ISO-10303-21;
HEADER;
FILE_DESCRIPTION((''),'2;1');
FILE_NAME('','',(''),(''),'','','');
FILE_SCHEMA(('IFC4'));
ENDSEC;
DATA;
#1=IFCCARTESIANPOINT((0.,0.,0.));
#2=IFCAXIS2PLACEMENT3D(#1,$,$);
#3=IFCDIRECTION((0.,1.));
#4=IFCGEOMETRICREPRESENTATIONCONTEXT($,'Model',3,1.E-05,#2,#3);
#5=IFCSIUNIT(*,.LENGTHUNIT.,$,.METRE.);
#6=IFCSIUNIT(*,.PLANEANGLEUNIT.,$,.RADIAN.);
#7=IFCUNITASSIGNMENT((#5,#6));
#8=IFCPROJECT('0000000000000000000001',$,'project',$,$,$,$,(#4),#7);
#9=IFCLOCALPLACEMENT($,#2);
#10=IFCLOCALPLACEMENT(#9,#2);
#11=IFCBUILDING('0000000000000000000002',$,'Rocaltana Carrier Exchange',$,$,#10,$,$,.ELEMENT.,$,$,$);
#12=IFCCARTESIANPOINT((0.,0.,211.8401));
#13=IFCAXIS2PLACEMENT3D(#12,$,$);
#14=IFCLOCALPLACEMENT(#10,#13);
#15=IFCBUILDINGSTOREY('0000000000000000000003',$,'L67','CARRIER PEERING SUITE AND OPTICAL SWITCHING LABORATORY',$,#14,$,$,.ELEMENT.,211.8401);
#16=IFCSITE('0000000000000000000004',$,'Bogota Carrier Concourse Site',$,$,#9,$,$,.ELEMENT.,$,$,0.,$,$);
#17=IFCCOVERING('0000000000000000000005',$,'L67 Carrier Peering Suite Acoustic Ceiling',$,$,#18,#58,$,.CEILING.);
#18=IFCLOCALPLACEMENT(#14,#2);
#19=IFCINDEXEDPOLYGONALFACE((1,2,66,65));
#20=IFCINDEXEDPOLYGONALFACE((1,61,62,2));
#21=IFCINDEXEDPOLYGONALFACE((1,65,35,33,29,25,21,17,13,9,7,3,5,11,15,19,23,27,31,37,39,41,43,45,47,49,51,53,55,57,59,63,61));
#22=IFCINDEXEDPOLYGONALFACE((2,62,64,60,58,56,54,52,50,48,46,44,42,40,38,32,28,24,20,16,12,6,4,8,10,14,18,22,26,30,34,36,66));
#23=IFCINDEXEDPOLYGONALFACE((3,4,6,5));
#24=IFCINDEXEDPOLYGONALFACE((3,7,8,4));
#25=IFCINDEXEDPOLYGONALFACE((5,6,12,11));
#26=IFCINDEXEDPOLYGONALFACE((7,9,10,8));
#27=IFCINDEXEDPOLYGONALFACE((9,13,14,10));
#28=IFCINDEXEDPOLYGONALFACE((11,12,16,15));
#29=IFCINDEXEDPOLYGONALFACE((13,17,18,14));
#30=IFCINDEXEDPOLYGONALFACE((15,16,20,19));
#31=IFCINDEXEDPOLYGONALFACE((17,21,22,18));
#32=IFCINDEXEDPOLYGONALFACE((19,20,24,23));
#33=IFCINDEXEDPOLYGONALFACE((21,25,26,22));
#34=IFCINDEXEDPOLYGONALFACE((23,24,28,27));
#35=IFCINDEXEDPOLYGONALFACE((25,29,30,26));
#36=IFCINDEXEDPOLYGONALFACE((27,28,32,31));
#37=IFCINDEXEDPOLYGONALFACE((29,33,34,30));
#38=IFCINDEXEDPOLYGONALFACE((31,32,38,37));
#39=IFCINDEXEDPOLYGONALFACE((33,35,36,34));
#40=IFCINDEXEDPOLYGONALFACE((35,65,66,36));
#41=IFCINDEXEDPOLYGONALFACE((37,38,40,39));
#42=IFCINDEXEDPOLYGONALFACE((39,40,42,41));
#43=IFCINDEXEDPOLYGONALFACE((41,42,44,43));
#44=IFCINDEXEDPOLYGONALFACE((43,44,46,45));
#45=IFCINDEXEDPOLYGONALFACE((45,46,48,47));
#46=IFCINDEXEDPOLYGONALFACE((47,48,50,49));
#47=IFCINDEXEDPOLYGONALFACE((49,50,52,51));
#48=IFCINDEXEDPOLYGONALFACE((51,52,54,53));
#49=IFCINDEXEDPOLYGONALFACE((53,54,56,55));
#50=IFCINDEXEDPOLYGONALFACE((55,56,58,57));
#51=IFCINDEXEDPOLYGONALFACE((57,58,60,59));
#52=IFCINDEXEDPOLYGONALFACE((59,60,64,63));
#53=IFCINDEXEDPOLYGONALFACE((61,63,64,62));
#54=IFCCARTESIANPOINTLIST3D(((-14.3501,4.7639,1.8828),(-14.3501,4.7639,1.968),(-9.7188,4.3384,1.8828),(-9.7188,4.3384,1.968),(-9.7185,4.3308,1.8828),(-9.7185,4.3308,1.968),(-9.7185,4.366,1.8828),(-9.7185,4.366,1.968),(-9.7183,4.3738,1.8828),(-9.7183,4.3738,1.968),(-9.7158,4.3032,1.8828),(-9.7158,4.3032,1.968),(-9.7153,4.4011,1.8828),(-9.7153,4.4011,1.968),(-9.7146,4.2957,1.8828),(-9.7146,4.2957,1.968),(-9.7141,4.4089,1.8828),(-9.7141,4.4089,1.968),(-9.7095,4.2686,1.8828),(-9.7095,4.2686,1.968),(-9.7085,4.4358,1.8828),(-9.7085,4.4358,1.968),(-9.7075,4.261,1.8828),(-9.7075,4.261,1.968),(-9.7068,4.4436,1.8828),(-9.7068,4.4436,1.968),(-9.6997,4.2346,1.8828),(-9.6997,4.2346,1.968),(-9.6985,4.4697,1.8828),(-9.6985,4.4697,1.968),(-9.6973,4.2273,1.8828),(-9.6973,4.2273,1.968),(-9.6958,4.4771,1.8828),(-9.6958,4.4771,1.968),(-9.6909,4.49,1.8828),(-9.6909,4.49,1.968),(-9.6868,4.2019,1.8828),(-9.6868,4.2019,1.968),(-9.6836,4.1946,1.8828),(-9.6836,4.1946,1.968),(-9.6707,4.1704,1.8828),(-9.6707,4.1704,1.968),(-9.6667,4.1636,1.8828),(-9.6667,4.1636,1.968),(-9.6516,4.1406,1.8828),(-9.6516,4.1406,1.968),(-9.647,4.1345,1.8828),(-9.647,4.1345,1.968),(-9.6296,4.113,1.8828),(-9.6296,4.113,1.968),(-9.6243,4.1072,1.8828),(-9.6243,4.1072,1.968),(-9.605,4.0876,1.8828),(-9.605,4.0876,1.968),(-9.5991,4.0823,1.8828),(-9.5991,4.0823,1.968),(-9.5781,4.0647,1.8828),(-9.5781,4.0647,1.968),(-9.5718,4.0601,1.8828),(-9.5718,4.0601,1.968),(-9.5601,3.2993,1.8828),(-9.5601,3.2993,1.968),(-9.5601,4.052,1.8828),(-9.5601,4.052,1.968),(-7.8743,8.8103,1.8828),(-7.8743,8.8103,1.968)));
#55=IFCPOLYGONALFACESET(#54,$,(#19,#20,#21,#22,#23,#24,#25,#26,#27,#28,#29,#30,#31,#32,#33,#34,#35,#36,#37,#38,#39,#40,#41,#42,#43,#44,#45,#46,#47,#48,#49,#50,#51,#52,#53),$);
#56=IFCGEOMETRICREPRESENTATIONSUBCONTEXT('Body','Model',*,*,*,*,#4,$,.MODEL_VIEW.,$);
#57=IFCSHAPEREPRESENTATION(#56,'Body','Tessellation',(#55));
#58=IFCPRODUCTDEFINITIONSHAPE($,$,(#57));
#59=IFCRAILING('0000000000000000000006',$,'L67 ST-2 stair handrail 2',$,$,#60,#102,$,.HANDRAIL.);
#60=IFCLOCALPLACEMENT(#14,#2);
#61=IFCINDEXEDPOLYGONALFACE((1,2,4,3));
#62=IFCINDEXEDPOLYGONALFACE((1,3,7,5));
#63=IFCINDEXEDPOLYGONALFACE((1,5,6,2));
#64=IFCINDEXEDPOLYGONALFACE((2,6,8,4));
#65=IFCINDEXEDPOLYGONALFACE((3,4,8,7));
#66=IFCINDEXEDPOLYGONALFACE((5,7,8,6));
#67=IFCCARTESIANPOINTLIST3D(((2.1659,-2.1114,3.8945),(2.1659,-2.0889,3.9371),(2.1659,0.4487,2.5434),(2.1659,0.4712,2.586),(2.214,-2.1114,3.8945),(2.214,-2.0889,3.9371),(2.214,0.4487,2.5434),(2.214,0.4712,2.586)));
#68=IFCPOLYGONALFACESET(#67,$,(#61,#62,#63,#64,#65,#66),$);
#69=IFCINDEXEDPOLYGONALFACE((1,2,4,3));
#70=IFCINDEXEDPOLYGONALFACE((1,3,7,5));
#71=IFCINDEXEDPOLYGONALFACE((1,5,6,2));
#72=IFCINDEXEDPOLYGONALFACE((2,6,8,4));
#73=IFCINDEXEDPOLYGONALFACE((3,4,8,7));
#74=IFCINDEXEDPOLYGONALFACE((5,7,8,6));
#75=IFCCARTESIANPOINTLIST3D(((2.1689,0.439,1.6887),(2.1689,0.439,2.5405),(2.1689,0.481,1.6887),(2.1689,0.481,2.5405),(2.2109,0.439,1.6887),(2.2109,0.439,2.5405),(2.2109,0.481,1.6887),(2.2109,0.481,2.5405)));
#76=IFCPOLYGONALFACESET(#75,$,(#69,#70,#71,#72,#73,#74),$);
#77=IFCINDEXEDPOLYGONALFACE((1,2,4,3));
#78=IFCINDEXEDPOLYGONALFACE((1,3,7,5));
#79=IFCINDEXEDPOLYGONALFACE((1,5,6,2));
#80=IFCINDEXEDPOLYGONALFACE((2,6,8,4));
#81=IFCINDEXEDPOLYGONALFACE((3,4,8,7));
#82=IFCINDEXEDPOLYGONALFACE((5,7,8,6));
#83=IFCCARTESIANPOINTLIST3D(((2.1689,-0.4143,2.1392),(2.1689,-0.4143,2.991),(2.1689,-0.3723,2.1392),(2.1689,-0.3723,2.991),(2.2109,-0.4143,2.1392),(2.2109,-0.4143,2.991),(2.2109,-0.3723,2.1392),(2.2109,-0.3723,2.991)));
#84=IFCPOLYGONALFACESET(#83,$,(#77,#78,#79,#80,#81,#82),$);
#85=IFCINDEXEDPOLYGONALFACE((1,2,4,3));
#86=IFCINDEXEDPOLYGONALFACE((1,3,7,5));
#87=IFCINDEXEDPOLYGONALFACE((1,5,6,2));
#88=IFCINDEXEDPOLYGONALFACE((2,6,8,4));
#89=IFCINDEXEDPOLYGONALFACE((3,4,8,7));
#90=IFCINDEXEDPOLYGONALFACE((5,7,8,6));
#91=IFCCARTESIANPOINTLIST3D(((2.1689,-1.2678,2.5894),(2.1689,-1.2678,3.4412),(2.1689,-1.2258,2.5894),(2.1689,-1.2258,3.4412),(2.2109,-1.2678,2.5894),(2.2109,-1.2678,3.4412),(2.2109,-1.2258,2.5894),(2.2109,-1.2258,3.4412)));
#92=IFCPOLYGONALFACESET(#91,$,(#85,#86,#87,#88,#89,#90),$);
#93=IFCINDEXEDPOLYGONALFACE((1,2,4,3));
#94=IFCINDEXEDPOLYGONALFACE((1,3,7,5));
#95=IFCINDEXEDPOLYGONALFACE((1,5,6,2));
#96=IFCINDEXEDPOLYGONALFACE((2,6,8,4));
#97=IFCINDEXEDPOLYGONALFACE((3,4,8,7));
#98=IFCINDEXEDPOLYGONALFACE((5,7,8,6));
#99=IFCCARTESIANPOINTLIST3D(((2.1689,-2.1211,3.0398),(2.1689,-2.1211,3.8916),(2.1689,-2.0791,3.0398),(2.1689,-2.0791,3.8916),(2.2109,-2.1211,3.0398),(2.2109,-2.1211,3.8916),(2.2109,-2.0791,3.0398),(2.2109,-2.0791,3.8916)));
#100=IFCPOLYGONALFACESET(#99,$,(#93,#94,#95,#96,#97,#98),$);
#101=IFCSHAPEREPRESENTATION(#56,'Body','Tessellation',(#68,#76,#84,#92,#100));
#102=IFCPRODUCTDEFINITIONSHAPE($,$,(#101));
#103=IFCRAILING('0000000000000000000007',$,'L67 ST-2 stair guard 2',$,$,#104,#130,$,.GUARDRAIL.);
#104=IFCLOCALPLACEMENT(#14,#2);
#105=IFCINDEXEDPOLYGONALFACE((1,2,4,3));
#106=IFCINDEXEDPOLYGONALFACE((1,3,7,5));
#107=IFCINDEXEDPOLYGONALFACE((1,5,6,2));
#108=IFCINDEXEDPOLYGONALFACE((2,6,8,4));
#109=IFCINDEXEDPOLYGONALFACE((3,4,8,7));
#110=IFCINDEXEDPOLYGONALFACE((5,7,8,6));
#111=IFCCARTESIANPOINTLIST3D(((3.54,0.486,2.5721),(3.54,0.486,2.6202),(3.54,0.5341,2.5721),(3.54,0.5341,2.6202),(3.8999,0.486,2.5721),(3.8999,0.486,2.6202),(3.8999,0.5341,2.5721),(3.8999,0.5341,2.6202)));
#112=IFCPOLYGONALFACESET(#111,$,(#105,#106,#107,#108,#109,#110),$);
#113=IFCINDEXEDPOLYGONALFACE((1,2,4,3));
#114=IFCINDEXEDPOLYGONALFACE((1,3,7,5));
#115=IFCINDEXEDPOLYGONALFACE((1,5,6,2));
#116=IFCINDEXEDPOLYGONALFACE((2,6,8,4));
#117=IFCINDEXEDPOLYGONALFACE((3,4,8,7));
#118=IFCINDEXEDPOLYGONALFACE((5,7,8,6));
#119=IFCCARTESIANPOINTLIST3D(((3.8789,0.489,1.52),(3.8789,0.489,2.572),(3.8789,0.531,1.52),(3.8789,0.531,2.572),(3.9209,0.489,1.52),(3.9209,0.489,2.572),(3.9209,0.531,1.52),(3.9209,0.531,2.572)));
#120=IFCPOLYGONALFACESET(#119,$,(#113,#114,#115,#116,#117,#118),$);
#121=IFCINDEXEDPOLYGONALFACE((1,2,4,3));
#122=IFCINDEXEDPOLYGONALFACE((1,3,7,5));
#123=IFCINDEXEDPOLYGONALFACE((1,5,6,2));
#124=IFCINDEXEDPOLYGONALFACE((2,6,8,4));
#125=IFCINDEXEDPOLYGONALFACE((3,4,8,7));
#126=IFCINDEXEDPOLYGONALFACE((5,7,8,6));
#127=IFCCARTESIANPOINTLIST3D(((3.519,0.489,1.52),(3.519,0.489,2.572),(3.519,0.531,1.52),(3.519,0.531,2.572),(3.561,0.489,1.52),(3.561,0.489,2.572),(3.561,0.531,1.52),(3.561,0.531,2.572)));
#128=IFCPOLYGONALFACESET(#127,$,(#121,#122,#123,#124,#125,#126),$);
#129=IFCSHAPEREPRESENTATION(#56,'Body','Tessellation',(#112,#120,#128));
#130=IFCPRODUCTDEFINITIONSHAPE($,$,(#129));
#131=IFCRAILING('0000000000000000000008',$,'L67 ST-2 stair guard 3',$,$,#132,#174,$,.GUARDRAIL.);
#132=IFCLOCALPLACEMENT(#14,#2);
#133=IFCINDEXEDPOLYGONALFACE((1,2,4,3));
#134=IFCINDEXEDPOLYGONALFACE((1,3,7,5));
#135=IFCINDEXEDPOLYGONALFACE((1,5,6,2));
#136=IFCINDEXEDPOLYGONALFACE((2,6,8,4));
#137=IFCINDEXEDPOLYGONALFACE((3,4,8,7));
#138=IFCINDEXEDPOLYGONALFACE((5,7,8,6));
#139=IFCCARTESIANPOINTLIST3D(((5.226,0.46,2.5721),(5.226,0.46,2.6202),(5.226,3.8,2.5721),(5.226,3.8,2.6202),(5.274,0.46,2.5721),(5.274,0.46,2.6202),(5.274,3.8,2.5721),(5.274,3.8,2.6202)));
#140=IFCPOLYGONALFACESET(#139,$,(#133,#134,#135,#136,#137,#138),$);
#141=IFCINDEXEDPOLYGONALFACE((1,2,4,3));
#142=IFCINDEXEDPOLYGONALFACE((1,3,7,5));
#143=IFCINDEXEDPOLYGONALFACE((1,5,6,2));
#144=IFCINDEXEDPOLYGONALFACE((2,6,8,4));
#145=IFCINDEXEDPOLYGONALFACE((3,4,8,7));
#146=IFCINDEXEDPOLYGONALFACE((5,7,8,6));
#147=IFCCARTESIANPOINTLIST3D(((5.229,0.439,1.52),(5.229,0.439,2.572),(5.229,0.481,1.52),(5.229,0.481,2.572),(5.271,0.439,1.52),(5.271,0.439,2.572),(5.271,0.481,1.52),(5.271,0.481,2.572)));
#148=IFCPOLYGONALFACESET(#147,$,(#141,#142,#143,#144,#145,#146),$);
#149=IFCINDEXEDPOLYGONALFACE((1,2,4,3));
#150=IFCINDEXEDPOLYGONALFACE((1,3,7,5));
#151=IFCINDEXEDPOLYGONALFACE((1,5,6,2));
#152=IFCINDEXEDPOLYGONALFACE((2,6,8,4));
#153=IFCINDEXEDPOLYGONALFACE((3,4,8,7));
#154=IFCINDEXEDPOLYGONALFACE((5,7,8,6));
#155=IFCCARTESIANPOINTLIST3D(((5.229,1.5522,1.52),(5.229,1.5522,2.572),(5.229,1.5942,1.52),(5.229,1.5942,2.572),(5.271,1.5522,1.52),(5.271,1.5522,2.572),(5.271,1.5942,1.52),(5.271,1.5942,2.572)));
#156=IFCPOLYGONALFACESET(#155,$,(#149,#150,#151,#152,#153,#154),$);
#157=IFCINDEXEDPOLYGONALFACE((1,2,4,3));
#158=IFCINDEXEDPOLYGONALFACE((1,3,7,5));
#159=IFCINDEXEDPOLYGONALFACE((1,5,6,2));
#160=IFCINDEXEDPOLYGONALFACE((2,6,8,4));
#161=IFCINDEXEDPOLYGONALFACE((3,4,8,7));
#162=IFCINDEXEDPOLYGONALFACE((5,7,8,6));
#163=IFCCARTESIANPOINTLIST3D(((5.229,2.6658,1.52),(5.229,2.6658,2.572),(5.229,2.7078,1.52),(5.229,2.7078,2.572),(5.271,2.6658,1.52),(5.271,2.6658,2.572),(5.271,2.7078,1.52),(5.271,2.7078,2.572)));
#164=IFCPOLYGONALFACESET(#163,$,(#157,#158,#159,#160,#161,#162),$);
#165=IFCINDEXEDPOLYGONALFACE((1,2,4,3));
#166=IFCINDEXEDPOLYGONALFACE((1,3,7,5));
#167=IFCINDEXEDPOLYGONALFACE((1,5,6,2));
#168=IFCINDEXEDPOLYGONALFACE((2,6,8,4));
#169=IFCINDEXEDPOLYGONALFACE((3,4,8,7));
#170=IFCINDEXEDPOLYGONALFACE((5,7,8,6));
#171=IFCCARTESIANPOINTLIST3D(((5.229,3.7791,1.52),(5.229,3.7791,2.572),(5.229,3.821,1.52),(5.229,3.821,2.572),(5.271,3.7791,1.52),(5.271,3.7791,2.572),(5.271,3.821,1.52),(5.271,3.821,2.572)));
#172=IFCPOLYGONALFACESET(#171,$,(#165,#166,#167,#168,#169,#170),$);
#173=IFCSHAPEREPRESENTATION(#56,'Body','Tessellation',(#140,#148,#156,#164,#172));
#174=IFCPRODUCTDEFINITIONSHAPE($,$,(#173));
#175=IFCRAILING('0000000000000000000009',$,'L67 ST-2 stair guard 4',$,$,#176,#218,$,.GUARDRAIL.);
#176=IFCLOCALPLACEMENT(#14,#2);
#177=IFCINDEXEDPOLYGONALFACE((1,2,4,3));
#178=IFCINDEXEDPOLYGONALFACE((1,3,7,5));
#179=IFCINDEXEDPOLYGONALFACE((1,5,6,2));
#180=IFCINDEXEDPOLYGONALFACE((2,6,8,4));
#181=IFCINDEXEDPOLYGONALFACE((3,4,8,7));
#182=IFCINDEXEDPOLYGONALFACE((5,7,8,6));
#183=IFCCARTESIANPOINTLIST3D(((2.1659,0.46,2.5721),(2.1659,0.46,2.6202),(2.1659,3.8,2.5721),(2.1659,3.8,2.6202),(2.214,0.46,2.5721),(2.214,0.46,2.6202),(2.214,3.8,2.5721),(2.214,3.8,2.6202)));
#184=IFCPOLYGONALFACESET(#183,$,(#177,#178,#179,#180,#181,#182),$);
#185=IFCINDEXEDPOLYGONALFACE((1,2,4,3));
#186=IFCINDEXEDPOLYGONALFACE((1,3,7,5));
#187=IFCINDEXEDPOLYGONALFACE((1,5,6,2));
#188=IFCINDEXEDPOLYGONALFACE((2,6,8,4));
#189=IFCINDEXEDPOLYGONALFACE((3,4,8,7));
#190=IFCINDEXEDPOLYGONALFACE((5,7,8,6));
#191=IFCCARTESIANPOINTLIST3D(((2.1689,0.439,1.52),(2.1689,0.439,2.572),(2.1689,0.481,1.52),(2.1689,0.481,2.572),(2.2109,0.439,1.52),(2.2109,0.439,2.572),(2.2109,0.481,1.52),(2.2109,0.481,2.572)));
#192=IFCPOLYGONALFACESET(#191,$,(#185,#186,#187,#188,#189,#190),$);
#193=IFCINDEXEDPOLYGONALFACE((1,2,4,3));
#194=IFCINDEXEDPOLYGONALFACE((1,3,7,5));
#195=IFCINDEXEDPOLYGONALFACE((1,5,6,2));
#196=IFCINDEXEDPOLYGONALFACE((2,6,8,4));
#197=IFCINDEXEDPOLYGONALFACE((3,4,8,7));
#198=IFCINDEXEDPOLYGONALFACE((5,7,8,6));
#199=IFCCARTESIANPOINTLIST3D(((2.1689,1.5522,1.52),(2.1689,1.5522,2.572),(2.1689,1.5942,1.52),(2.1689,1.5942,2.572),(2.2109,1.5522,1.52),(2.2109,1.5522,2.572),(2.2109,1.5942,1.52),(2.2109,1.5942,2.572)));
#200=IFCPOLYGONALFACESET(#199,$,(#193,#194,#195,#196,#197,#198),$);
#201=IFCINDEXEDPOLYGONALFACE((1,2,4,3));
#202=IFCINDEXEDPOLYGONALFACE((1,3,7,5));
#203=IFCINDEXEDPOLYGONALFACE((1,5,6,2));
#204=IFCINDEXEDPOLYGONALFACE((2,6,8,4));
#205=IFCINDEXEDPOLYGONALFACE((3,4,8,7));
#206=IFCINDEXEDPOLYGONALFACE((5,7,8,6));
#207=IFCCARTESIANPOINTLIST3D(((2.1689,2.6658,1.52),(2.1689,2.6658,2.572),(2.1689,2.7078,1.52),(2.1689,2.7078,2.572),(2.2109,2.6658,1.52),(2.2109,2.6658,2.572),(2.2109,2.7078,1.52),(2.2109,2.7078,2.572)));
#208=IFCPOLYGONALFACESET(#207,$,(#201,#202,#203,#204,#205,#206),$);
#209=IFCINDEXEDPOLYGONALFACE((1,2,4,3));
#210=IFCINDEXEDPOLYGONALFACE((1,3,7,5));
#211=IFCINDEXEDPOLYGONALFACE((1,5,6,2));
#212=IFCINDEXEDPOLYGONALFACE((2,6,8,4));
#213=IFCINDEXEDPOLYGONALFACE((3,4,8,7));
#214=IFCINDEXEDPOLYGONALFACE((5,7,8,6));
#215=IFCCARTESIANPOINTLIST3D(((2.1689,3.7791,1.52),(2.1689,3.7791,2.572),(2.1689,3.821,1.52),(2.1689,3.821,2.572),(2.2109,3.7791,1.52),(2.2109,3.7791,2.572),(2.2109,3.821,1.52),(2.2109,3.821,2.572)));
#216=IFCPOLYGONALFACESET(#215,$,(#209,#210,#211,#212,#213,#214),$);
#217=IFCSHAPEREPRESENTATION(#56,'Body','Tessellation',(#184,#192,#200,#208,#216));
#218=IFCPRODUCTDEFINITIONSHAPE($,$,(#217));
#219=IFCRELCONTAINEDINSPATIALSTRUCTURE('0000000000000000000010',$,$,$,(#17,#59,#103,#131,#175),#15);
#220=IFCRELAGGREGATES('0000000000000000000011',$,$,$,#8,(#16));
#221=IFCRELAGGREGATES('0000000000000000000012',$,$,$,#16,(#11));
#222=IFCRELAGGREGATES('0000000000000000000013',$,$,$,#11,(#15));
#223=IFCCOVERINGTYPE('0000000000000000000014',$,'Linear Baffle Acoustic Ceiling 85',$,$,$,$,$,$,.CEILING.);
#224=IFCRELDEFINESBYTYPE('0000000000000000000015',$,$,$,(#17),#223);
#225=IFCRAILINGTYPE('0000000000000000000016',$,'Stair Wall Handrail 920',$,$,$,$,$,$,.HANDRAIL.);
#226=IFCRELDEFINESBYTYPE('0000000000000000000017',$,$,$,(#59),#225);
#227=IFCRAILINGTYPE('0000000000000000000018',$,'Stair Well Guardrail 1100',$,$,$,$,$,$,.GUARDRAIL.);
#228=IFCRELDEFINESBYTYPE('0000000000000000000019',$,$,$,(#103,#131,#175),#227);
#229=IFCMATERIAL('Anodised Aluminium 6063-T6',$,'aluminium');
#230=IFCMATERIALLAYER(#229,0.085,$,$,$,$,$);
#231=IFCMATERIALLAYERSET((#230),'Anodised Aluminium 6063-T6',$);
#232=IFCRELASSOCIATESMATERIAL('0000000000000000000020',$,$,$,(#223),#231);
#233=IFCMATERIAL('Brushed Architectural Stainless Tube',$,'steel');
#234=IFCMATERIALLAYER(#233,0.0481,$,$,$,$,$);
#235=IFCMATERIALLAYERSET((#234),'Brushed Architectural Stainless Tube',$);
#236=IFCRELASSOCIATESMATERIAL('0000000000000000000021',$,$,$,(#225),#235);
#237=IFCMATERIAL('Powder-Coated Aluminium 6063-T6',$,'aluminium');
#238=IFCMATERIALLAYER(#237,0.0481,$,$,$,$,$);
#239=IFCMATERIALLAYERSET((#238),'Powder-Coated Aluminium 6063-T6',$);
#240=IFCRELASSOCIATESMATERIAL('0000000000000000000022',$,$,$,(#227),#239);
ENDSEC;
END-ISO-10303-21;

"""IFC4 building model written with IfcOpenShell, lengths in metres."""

from ifc_helpers import new_model, si_unit, direction, frame, origin, origin_2d, place, context, subcontext, project, spatial, polyline, rectangle, outline, extrude, material, layer, layer_set, type_object, element, save


model = new_model("IFC4")

# Units and contexts
model_context = context("Model", 3, precision=1e-05, world=origin(), true_north=direction((0.0, 1.0)))
body_context = subcontext(model_context, "Body", "Model", "MODEL_VIEW")
ifc_project = project(units=[si_unit("LENGTHUNIT", "METRE"), si_unit("PLANEANGLEUNIT", "RADIAN")], contexts=[model_context])

# Site, building, storey
site_placement = place(None, origin())
site = spatial("IfcSite", under=ifc_project, at=site_placement, Name="Bogota Carrier Concourse Site", CompositionType="ELEMENT", RefElevation=0.0)
building_placement = place(site_placement, origin())
building = spatial("IfcBuilding", under=site, at=building_placement, Name="Rocaltana Carrier Exchange", CompositionType="ELEMENT")
storey_placement = place(building_placement, frame((0.0, 0.0, 211.8401)))
storey = spatial("IfcBuildingStorey", under=building, at=storey_placement, Name="L67", Description="CARRIER PEERING SUITE AND OPTICAL SWITCHING LABORATORY", CompositionType="ELEMENT", Elevation=211.8401)

# Covering
ifc_material_1 = material(Name="Anodised Aluminium 6063-T6", Category="aluminium")
ifc_layer_1 = layer(ifc_material_1, 0.085)
ifc_layer_set_1 = layer_set([ifc_layer_1], Name="Anodised Aluminium 6063-T6")
covering_type_1 = type_object("IfcCoveringType", Name="Linear Baffle Acoustic Ceiling 85", PredefinedType="CEILING", material=ifc_layer_set_1)
covering_1_placement = place(storey_placement, frame((0.0, 0.0, 1.8828)))
element("IfcCovering", 1, at=covering_1_placement, inside=storey, type_object=covering_type_1, Name="L67 Carrier Peering Suite Acoustic Ceiling", PredefinedType="CEILING", context=body_context, shape_type="SweptSolid", body=[
    extrude(outline(polyline([(-9.5601, 4.052), (-9.5601, 3.2993), (-14.3501, 4.7639), (-7.8743, 8.8103), (-9.6909, 4.49), (-9.6958, 4.4771), (-9.6985, 4.4697), (-9.7068, 4.4436), (-9.7085, 4.4358), (-9.7141, 4.4089), (-9.7153, 4.4011), (-9.7183, 4.3738), (-9.7185, 4.366), (-9.7188, 4.3384), (-9.7185, 4.3308), (-9.7158, 4.3032), (-9.7146, 4.2957), (-9.7095, 4.2686), (-9.7075, 4.261), (-9.6997, 4.2346), (-9.6973, 4.2273), (-9.6868, 4.2019), (-9.6836, 4.1946), (-9.6707, 4.1704), (-9.6667, 4.1636), (-9.6516, 4.1406), (-9.647, 4.1345), (-9.6296, 4.113), (-9.6243, 4.1072), (-9.605, 4.0876), (-9.5991, 4.0823), (-9.5781, 4.0647), (-9.5718, 4.0601), (-9.5601, 4.052)])), origin(), (0.0, 0.0, 1.0), 0.0852),
])

# Railings
ifc_material_2 = material(Name="Brushed Architectural Stainless Tube", Category="steel")
ifc_layer_2 = layer(ifc_material_2, 0.0481)
ifc_layer_set_2 = layer_set([ifc_layer_2], Name="Brushed Architectural Stainless Tube")
railing_type_1 = type_object("IfcRailingType", Name="Stair Wall Handrail 920", PredefinedType="HANDRAIL", material=ifc_layer_set_2)
railing_1_placement = place(storey_placement, frame((2.1899, 0.46, 1.6887)))
element("IfcRailing", 2, at=railing_1_placement, inside=storey, type_object=railing_type_1, Name="L67 ST-2 stair handrail 2", PredefinedType="HANDRAIL", context=body_context, shape_type="SweptSolid", body=[
    extrude(rectangle(XDim=0.0481, YDim=0.0481, at=origin_2d()), frame((0.0, 0.0, 0.876), z_axis=(0.0, -0.884394, 0.46674), x_axis=(1.0, 0.0, 0.0)), (0.0, 0.0, 1.0), 2.8948),
    extrude(rectangle(XDim=0.042, YDim=0.042, at=origin_2d()), origin(), (0.0, 0.0, 1.0), 0.8518),
    extrude(rectangle(XDim=0.042, YDim=0.042, at=origin_2d()), frame((0.0, -0.8533, 0.4504)), (0.0, 0.0, 1.0), 0.8518),
    extrude(rectangle(XDim=0.042, YDim=0.042, at=origin_2d()), frame((0.0, -1.7068, 0.9006)), (0.0, 0.0, 1.0), 0.8518),
    extrude(rectangle(XDim=0.042, YDim=0.042, at=origin_2d()), frame((0.0, -2.5601, 1.3511)), (0.0, 0.0, 1.0), 0.8518),
])
ifc_material_3 = material(Name="Powder-Coated Aluminium 6063-T6", Category="aluminium")
ifc_layer_3 = layer(ifc_material_3, 0.0481)
ifc_layer_set_3 = layer_set([ifc_layer_3], Name="Powder-Coated Aluminium 6063-T6")
railing_type_2 = type_object("IfcRailingType", Name="Stair Well Guardrail 1100", PredefinedType="GUARDRAIL", material=ifc_layer_set_3)
railing_2_placement = place(storey_placement, frame((3.8999, 0.51, 1.52)))
element("IfcRailing", 3, at=railing_2_placement, inside=storey, type_object=railing_type_2, Name="L67 ST-2 stair guard 2", PredefinedType="GUARDRAIL", context=body_context, shape_type="SweptSolid", body=[
    extrude(rectangle(XDim=0.0481, YDim=0.0481, at=origin_2d()), frame((0.0, 0.0, 1.0762), z_axis=(-1.0, 0.0, 0.0), x_axis=(0.0, -1.0, 0.0)), (0.0, 0.0, 1.0), 0.3599),
    extrude(rectangle(XDim=0.042, YDim=0.042, at=origin_2d()), origin(), (0.0, 0.0, 1.0), 1.052),
    extrude(rectangle(XDim=0.042, YDim=0.042, at=origin_2d()), frame((-0.3599, 0.0, 0.0)), (0.0, 0.0, 1.0), 1.052),
])
for number, where, name in (
    (4, (5.25, 0.46, 1.52), "L67 ST-2 stair guard 3"),
    (5, (2.1899, 0.46, 1.52), "L67 ST-2 stair guard 4"),
):
    element("IfcRailing", number, at=place(storey_placement, frame(where)), inside=storey, type_object=railing_type_2, Name=name, PredefinedType="GUARDRAIL", context=body_context, shape_type="SweptSolid", body=[
        extrude(rectangle(XDim=0.0481, YDim=0.0481, at=origin_2d()), frame((0.0, 0.0, 1.0762), z_axis=(0.0, 1.0, 0.0), x_axis=(-1.0, 0.0, 0.0)), (0.0, 0.0, 1.0), 3.3401),
        extrude(rectangle(XDim=0.042, YDim=0.042, at=origin_2d()), origin(), (0.0, 0.0, 1.0), 1.052),
        extrude(rectangle(XDim=0.042, YDim=0.042, at=origin_2d()), frame((0.0, 1.1133, 0.0)), (0.0, 0.0, 1.0), 1.052),
        extrude(rectangle(XDim=0.042, YDim=0.042, at=origin_2d()), frame((0.0, 2.2268, 0.0)), (0.0, 0.0, 1.0), 1.052),
        extrude(rectangle(XDim=0.042, YDim=0.042, at=origin_2d()), frame((0.0, 3.3401, 0.0)), (0.0, 0.0, 1.0), 1.052),
    ])

save(model, "model.ifc")
